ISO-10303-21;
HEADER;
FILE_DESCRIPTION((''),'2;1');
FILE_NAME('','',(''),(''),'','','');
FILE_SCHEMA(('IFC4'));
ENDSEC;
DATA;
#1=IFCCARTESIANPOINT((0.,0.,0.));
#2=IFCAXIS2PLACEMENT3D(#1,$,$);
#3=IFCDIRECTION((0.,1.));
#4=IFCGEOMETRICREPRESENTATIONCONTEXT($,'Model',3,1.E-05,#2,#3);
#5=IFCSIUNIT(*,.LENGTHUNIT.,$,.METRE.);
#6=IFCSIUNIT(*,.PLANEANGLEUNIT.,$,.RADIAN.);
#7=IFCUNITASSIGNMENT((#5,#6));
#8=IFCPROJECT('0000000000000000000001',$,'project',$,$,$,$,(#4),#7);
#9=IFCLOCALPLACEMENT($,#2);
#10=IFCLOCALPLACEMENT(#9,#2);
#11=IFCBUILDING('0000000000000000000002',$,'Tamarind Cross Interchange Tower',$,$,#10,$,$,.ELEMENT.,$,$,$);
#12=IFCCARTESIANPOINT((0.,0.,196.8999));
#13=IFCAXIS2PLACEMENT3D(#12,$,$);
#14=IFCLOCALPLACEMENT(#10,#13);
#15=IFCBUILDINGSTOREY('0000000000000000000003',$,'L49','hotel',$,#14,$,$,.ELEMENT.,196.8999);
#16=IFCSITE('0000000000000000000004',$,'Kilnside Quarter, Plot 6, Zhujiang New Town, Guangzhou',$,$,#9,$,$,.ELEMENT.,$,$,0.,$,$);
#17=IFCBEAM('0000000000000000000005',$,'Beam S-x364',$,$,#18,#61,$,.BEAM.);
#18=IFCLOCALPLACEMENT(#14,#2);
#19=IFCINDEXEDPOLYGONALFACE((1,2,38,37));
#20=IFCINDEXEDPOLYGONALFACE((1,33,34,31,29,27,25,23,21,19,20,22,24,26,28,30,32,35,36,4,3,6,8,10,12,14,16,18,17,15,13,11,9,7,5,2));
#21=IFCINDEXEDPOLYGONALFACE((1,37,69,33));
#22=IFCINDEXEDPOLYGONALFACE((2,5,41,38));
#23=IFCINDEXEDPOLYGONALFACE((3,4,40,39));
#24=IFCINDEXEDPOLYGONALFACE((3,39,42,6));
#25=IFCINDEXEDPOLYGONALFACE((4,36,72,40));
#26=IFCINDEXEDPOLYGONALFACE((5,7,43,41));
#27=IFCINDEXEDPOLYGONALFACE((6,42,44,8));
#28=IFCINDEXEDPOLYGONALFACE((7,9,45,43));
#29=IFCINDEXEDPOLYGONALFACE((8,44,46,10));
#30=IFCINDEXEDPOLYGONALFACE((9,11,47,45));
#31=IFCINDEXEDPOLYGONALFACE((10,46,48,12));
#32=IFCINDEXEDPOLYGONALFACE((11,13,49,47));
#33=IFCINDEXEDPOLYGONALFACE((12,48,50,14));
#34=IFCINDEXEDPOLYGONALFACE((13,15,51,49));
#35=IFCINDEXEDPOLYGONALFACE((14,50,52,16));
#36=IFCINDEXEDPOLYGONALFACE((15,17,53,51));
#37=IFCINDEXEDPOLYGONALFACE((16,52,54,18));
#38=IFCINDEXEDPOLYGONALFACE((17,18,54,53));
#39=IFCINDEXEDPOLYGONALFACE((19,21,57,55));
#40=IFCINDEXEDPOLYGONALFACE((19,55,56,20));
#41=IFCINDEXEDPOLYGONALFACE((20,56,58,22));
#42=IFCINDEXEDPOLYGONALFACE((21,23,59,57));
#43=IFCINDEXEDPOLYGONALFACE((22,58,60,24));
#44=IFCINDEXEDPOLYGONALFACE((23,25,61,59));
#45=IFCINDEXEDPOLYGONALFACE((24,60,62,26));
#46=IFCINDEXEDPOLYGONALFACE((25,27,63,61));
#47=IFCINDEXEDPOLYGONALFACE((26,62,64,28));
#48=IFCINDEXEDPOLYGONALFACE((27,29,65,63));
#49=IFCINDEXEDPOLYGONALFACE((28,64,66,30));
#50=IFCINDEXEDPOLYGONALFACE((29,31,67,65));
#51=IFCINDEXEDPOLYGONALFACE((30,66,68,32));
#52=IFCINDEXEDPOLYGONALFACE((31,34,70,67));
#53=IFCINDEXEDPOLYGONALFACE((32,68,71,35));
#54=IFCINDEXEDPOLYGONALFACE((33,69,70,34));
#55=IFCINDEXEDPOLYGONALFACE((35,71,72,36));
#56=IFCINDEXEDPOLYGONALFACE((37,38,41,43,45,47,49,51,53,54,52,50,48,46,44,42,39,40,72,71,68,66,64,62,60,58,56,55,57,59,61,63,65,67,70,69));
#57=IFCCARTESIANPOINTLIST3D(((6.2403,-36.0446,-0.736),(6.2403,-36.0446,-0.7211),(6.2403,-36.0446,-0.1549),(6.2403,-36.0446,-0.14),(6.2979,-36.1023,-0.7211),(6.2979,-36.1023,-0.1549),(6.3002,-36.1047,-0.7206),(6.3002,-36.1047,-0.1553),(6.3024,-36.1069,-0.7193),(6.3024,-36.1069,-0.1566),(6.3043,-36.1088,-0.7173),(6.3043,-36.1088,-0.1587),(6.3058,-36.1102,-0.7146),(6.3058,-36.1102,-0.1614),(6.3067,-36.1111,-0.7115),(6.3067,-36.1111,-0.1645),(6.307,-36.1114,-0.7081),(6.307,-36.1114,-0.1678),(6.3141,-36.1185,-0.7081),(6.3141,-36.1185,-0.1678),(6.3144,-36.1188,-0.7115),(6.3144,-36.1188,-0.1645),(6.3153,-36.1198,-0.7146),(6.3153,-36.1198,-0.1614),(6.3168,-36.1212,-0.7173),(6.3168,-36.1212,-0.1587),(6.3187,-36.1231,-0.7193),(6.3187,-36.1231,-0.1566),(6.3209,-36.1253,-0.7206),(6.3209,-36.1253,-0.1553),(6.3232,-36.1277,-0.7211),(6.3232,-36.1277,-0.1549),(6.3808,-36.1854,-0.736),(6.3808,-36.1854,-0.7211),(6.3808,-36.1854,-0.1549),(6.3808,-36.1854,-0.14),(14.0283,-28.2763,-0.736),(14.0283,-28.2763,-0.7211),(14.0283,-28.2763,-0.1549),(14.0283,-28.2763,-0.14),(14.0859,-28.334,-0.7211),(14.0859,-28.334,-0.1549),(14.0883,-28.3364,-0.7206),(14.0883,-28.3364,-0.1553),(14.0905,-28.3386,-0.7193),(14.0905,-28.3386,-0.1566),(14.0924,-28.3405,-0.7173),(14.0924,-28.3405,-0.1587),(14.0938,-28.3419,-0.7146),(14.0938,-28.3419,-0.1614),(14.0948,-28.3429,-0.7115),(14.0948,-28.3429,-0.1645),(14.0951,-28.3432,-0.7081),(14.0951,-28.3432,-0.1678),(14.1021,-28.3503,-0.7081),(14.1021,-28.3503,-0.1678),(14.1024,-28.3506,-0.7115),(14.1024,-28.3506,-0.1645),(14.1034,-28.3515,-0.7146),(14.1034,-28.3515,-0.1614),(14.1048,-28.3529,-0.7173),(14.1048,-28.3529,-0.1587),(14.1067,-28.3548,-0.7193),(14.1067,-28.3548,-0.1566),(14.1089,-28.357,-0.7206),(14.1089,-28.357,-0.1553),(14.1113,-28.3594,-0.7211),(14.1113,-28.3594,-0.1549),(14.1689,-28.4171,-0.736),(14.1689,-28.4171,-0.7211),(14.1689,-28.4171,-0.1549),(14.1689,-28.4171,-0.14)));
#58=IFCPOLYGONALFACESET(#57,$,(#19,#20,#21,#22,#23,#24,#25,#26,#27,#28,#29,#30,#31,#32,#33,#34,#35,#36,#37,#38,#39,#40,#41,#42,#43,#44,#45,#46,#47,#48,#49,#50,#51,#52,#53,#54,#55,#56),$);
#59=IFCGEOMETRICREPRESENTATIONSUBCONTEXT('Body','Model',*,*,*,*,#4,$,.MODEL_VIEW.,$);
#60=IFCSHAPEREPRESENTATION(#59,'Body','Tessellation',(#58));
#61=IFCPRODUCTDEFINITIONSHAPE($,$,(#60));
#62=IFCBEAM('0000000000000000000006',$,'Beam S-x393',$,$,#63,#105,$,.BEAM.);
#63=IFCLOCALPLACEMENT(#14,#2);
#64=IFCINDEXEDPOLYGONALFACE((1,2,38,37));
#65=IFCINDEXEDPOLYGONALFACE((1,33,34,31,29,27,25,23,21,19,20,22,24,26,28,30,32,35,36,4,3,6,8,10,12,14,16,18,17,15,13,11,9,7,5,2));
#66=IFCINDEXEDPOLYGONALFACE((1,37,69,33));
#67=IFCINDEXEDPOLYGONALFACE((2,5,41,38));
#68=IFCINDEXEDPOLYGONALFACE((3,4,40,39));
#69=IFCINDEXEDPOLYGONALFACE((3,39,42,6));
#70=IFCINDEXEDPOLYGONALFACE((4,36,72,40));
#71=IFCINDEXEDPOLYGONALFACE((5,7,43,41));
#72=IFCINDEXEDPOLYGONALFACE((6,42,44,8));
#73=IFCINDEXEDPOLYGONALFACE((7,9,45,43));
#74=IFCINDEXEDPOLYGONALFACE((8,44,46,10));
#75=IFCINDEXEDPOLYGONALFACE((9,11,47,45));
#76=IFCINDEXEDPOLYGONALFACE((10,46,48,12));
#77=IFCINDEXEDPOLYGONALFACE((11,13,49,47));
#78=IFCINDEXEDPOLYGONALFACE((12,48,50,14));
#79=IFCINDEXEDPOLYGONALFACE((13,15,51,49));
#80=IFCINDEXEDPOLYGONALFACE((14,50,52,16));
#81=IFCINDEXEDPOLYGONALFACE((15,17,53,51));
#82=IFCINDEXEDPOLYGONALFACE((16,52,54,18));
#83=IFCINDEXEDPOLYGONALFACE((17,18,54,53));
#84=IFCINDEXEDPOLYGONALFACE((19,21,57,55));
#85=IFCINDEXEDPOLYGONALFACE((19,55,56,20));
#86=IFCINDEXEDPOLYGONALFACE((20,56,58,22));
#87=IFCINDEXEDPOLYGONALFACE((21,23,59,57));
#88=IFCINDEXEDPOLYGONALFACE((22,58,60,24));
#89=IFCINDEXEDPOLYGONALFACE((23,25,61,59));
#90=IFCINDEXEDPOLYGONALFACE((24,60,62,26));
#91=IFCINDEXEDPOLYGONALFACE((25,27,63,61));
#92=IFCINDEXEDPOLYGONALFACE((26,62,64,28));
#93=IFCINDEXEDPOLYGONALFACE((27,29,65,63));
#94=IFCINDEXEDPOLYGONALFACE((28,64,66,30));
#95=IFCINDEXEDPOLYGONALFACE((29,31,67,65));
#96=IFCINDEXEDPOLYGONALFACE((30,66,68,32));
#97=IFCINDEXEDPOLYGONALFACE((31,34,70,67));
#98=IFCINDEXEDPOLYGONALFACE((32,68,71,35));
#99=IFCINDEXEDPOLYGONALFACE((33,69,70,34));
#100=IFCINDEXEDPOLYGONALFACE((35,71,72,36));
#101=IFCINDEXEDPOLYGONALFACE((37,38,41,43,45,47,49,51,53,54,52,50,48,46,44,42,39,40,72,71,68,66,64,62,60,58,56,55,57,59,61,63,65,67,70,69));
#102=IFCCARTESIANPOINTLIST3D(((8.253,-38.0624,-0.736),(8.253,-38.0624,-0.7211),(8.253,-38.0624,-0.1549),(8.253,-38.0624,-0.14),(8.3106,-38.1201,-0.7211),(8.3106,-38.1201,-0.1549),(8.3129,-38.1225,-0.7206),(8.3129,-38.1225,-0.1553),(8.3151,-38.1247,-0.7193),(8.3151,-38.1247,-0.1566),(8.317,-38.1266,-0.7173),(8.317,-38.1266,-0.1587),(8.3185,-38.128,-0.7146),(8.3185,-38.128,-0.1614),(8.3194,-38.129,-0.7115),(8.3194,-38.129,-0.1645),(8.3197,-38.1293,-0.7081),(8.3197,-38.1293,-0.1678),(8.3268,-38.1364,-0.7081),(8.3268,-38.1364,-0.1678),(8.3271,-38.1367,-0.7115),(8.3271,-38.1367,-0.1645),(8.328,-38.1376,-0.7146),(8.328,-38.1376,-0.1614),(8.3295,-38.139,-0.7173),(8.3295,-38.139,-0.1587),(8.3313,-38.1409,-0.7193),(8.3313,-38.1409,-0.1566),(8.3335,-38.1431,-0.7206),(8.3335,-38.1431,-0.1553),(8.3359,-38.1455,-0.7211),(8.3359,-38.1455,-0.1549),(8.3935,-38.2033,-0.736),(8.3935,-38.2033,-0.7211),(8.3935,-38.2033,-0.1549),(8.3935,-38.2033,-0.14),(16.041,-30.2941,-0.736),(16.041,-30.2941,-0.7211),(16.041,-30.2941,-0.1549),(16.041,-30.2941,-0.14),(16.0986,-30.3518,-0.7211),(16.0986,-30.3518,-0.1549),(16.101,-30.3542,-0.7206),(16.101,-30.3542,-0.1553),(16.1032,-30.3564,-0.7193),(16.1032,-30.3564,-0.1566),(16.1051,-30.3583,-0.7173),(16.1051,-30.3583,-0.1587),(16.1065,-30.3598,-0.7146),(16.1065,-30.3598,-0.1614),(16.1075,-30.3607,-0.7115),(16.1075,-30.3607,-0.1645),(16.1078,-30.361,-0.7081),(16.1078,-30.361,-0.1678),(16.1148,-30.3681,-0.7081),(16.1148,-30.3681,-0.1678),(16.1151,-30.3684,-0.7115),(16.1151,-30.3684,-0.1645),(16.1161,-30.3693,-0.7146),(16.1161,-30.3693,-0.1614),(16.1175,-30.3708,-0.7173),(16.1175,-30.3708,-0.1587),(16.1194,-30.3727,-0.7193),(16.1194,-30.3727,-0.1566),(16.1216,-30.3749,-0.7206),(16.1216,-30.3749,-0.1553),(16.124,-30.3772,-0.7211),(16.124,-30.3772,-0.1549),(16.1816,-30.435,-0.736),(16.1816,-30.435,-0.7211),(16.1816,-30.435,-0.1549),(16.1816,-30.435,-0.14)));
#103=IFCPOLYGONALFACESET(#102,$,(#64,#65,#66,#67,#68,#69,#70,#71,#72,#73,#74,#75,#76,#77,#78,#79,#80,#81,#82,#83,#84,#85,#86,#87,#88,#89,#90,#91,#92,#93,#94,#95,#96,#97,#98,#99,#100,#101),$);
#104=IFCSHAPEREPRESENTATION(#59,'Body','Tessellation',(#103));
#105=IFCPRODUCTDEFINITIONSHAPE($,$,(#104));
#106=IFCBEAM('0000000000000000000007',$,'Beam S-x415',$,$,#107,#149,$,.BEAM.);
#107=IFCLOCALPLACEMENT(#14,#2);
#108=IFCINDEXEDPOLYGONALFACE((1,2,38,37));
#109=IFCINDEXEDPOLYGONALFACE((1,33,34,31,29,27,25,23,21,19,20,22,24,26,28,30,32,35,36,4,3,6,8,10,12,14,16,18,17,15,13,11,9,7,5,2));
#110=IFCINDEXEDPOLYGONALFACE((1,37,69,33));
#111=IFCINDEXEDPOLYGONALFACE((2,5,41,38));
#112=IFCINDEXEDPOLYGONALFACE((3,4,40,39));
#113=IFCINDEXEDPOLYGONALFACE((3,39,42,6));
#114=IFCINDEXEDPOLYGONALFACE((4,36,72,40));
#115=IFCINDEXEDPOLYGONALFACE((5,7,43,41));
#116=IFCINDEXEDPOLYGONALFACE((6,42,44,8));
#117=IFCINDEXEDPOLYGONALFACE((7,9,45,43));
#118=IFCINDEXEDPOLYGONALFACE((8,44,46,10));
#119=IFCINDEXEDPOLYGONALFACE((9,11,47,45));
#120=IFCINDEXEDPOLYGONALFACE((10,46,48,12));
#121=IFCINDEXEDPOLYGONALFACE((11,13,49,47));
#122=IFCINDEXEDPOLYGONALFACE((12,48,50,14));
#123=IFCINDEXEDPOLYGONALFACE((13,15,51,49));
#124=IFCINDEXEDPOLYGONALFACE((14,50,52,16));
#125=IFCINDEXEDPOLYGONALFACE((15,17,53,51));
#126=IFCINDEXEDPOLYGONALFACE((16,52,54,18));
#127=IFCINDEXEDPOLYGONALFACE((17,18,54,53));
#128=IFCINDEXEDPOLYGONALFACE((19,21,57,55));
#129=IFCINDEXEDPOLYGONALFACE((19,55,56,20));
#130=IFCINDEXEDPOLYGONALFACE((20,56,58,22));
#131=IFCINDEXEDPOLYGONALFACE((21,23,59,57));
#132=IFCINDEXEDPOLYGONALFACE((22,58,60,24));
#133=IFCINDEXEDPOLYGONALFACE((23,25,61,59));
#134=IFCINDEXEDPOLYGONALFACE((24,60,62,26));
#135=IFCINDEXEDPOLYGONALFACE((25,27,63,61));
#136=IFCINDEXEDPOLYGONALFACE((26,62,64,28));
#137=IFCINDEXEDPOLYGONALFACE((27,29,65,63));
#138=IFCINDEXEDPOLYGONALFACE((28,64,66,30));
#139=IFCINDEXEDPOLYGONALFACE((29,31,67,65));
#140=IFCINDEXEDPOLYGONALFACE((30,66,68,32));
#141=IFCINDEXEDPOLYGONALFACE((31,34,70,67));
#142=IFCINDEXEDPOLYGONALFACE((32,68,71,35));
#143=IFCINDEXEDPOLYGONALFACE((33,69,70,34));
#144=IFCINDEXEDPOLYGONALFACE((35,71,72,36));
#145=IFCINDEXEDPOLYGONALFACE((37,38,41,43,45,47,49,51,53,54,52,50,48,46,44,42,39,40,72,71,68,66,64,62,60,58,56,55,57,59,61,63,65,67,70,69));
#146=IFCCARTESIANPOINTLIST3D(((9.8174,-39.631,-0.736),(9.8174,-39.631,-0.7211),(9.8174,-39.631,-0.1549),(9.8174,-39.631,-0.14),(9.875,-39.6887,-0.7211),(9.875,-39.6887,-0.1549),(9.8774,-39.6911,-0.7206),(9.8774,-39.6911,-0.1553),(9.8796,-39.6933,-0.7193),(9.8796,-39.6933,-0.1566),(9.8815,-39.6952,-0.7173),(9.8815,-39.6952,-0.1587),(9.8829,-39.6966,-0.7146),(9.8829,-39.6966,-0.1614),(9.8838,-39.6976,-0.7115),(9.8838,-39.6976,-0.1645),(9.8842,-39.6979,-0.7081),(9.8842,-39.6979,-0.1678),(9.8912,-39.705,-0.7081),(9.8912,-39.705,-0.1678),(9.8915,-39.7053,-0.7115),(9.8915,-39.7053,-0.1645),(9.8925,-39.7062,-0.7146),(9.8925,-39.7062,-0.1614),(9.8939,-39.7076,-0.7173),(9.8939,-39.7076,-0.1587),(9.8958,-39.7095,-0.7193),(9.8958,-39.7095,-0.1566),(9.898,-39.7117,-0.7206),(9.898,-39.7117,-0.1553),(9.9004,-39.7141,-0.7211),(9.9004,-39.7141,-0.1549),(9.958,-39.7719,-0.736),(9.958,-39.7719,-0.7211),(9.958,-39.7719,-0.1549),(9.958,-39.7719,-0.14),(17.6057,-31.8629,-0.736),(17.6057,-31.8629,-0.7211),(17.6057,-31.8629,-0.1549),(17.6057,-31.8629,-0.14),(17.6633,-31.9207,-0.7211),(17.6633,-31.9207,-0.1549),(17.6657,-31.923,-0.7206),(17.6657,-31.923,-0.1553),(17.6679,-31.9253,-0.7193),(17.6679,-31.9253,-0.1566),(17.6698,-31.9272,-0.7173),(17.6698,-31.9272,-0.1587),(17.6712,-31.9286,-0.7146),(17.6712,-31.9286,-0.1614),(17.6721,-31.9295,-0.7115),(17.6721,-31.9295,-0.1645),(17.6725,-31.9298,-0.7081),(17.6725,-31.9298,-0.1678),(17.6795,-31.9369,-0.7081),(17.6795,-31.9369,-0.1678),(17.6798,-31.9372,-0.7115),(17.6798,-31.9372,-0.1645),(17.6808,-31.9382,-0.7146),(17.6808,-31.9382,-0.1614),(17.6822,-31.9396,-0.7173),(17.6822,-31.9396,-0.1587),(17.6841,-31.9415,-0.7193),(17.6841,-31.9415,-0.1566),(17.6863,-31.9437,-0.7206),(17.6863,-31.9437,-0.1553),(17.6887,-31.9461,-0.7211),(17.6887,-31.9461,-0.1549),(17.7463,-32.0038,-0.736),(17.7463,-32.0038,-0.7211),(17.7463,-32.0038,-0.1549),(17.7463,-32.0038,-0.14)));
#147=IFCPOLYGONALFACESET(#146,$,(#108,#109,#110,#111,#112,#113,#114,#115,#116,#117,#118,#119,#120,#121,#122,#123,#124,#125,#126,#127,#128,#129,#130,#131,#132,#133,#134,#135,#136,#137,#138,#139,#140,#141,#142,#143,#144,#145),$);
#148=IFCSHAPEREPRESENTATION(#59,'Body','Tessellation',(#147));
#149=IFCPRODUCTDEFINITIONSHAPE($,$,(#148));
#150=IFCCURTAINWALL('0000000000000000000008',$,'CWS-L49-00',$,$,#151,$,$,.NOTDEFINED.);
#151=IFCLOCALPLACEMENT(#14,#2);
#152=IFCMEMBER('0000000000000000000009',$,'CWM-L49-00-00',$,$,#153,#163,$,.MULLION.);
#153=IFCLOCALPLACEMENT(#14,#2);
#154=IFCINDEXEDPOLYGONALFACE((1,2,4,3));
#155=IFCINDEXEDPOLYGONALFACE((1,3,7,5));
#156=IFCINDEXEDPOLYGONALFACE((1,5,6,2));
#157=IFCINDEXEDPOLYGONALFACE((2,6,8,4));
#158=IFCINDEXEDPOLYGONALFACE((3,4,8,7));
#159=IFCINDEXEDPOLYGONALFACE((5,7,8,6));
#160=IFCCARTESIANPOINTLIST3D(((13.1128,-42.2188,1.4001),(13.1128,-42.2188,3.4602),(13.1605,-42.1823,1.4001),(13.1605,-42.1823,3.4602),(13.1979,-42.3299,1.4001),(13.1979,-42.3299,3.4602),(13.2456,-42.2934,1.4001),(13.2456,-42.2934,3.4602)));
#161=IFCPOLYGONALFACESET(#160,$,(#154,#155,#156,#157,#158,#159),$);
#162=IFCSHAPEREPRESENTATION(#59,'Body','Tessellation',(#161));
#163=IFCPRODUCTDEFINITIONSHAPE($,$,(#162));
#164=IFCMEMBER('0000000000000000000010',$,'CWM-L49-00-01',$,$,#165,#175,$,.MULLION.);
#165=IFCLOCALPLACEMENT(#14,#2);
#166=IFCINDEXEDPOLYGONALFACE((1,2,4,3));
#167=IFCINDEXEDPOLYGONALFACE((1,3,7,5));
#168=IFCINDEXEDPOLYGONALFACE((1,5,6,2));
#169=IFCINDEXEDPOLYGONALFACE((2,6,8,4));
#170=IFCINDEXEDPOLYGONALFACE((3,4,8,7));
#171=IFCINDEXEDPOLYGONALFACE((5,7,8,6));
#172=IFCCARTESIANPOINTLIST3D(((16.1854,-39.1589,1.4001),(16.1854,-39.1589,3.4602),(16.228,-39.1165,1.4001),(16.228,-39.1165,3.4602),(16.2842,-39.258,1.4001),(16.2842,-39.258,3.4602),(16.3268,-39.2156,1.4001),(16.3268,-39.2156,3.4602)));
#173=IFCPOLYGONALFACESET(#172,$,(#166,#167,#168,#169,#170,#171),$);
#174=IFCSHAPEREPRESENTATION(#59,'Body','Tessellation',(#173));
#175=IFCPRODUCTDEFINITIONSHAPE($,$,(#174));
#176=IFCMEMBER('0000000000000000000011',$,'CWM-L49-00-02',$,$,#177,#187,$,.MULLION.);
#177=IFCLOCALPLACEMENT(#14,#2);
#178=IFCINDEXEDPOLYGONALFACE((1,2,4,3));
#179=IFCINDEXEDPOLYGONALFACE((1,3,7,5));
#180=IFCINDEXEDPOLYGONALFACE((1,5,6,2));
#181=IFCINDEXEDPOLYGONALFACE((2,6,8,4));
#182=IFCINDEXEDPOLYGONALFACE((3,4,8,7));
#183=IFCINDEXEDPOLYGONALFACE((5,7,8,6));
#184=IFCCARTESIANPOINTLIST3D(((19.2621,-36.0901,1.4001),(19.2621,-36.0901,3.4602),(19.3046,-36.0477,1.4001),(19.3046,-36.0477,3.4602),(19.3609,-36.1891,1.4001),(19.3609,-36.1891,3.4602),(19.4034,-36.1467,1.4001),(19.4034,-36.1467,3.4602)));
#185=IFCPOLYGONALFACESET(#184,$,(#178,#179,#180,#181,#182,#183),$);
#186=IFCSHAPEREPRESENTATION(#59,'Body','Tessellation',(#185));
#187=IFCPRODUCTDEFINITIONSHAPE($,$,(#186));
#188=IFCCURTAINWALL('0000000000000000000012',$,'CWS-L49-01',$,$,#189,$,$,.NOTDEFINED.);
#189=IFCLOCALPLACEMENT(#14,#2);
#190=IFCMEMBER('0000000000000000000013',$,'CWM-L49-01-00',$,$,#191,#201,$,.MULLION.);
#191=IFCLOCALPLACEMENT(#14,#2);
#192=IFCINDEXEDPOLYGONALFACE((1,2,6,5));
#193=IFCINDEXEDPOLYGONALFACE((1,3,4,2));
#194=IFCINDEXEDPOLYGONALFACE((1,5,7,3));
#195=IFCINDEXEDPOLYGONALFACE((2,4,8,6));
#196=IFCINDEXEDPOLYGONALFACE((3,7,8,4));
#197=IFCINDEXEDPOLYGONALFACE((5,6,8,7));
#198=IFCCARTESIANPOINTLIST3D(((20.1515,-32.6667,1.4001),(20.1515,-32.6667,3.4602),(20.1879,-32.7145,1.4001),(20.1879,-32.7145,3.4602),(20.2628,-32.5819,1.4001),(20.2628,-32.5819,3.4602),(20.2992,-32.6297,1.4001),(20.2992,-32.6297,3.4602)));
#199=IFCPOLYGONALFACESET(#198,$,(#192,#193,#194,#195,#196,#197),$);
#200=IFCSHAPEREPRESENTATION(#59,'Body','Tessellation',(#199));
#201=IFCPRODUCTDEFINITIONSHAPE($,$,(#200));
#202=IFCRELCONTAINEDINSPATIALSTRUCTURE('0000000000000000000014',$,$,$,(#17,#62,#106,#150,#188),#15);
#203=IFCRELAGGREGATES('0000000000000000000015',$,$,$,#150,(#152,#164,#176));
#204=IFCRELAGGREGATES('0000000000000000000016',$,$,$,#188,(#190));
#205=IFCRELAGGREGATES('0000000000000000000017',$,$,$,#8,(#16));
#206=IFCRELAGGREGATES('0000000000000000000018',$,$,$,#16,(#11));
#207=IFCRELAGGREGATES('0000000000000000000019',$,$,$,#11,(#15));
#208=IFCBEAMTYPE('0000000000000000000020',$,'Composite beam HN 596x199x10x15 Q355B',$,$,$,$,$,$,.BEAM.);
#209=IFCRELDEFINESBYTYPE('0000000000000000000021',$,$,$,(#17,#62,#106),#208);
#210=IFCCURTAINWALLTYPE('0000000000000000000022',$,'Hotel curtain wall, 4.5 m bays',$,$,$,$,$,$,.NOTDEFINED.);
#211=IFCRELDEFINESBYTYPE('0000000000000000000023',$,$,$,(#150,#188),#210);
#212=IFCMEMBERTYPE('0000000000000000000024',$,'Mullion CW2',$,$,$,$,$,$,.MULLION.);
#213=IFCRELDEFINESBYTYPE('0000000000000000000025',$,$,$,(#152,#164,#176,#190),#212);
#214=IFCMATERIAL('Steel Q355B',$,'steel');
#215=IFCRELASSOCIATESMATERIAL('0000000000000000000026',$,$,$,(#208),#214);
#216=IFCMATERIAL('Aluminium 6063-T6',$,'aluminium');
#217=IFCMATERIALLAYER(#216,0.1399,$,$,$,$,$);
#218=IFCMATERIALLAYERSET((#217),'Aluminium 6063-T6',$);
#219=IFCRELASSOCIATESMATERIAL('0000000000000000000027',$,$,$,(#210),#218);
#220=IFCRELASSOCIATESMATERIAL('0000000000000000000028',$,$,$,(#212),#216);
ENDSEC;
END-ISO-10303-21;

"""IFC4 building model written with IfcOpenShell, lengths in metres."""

from ifc_helpers import new_model, si_unit, direction, frame, origin, origin_2d, place, context, subcontext, project, spatial, rectangle, i_section, extrude, material, layer, layer_set, material_profile, profile_set, type_object, element, aggregate, save


model = new_model("IFC4")

# Units and contexts
model_context = context("Model", 3, precision=1e-05, world=origin(), true_north=direction((0.0, 1.0)))
body_context = subcontext(model_context, "Body", "Model", "MODEL_VIEW")
ifc_project = project(units=[si_unit("LENGTHUNIT", "METRE"), si_unit("PLANEANGLEUNIT", "RADIAN")], contexts=[model_context])

# Site, building, storey
site_placement = place(None, origin())
site = spatial("IfcSite", under=ifc_project, at=site_placement, Name="Kilnside Quarter, Plot 6, Zhujiang New Town, Guangzhou", CompositionType="ELEMENT", RefElevation=0.0)
building_placement = place(site_placement, origin())
building = spatial("IfcBuilding", under=site, at=building_placement, Name="Tamarind Cross Interchange Tower", CompositionType="ELEMENT")
storey_placement = place(building_placement, frame((0.0, 0.0, 196.8999)))
storey = spatial("IfcBuildingStorey", under=building, at=storey_placement, Name="L49", Description="hotel", CompositionType="ELEMENT", Elevation=196.8999)

# Beams
ifc_material_1 = material(Name="Steel Q355B", Category="steel")
ifc_material_profile_1 = material_profile(ifc_material_1, i_section(OverallWidth=0.199, OverallDepth=0.5959, WebThickness=0.01, FlangeThickness=0.0149, FilletRadius=0.0129, at=origin_2d()), Name="HN 596x199x10x15")
ifc_profile_set_1 = profile_set([ifc_material_profile_1], Name="Steel Q355B")
beam_type_1 = type_object("IfcBeamType", Name="Composite beam HN 596x199x10x15 Q355B", PredefinedType="BEAM", material=ifc_profile_set_1)
for number, where, z_axis, x_axis, name in (
    (1, (6.3105, -36.115, -0.438), (0.708005, 0.706207, 0.0), (-0.706207, 0.708005, 0.0), "Beam S-x364"),
    (2, (8.3232, -38.1328, -0.438), (0.708005, 0.706207, 0.0), (-0.706207, 0.708005, 0.0), "Beam S-x393"),
    (3, (9.8877, -39.7014, -0.438), (0.708027, 0.706185, 0.0), (-0.706185, 0.708027, 0.0), "Beam S-x415"),
):
    element("IfcBeam", number, at=place(storey_placement, frame(where, z_axis=z_axis, x_axis=x_axis)), inside=storey, type_object=beam_type_1, Name=name, PredefinedType="BEAM", context=body_context, shape_type="SweptSolid", body=[
        extrude(i_section(OverallWidth=0.199, OverallDepth=0.5959, WebThickness=0.01, FlangeThickness=0.0149, FilletRadius=0.0129, at=origin_2d()), origin(), (0.0, 0.0, 1.0), 11.0),
    ])

# Curtain wall, members
ifc_material_2 = material(Name="Aluminium 6063-T6", Category="aluminium")
ifc_layer_1 = layer(ifc_material_2, 0.1399)
ifc_layer_set_1 = layer_set([ifc_layer_1], Name="Aluminium 6063-T6")
curtain_wall_type = type_object("IfcCurtainWallType", Name="Hotel curtain wall, 4.5 m bays", PredefinedType="NOTDEFINED", material=ifc_layer_set_1)
curtain_wall_1_placement = place(storey_placement, origin())
curtain_wall_1 = element("IfcCurtainWall", 4, at=curtain_wall_1_placement, inside=storey, type_object=curtain_wall_type, Name="CWS-L49-00", PredefinedType="NOTDEFINED")
ifc_material_profile_2 = material_profile(ifc_material_2, rectangle(XDim=0.0601, YDim=0.1399, at=origin_2d()), Name="Mullion CW2")
ifc_profile_set_2 = profile_set([ifc_material_profile_2], Name="Aluminium 6063-T6")
member_type = type_object("IfcMemberType", Name="Mullion CW2", PredefinedType="MULLION", material=ifc_profile_set_2)
member_1_placement = place(storey_placement, frame((13.1792, -42.2561, 1.4001), z_axis=(0.0, 0.0, 1.0), x_axis=(0.794135, 0.607742, 0.0)))
member_1 = element("IfcMember", 5, at=member_1_placement, type_object=member_type, Name="CWM-L49-00-00", PredefinedType="MULLION", context=body_context, shape_type="SweptSolid", body=[
    extrude(rectangle(XDim=0.0601, YDim=0.1399, at=origin_2d()), origin(), (0.0, 0.0, 1.0), 2.0601),
])
member_2_placement = place(storey_placement, frame((16.2561, -39.1873, 1.4001), z_axis=(0.0, 0.0, 1.0), x_axis=(0.708015, 0.706198, 0.0)))
member_2 = element("IfcMember", 6, at=member_2_placement, type_object=member_type, Name="CWM-L49-00-01", PredefinedType="MULLION", context=body_context, shape_type="SweptSolid", body=[
    extrude(rectangle(XDim=0.0601, YDim=0.1399, at=origin_2d()), origin(), (0.0, 0.0, 1.0), 2.0601),
])
member_3_placement = place(storey_placement, frame((19.3328, -36.1184, 1.4001), z_axis=(0.0, 0.0, 1.0), x_axis=(0.708015, 0.706198, 0.0)))
member_3 = element("IfcMember", 7, at=member_3_placement, type_object=member_type, Name="CWM-L49-00-02", PredefinedType="MULLION", context=body_context, shape_type="SweptSolid", body=[
    extrude(rectangle(XDim=0.0601, YDim=0.1399, at=origin_2d()), origin(), (0.0, 0.0, 1.0), 2.0601),
])
aggregate(curtain_wall_1, [member_1, member_2, member_3])

# Curtain wall, member
curtain_wall_2_placement = place(storey_placement, origin())
curtain_wall_2 = element("IfcCurtainWall", 8, at=curtain_wall_2_placement, inside=storey, type_object=curtain_wall_type, Name="CWS-L49-01", PredefinedType="NOTDEFINED")
member_4_placement = place(storey_placement, frame((20.2253, -32.6482, 1.4001), z_axis=(0.0, 0.0, 1.0), x_axis=(-0.606199, 0.795313, 0.0)))
member_4 = element("IfcMember", 9, at=member_4_placement, type_object=member_type, Name="CWM-L49-01-00", PredefinedType="MULLION", context=body_context, shape_type="SweptSolid", body=[
    extrude(rectangle(XDim=0.0601, YDim=0.1399, at=origin_2d()), origin(), (0.0, 0.0, 1.0), 2.0601),
])
aggregate(curtain_wall_2, [member_4])

save(model, "model.ifc")
